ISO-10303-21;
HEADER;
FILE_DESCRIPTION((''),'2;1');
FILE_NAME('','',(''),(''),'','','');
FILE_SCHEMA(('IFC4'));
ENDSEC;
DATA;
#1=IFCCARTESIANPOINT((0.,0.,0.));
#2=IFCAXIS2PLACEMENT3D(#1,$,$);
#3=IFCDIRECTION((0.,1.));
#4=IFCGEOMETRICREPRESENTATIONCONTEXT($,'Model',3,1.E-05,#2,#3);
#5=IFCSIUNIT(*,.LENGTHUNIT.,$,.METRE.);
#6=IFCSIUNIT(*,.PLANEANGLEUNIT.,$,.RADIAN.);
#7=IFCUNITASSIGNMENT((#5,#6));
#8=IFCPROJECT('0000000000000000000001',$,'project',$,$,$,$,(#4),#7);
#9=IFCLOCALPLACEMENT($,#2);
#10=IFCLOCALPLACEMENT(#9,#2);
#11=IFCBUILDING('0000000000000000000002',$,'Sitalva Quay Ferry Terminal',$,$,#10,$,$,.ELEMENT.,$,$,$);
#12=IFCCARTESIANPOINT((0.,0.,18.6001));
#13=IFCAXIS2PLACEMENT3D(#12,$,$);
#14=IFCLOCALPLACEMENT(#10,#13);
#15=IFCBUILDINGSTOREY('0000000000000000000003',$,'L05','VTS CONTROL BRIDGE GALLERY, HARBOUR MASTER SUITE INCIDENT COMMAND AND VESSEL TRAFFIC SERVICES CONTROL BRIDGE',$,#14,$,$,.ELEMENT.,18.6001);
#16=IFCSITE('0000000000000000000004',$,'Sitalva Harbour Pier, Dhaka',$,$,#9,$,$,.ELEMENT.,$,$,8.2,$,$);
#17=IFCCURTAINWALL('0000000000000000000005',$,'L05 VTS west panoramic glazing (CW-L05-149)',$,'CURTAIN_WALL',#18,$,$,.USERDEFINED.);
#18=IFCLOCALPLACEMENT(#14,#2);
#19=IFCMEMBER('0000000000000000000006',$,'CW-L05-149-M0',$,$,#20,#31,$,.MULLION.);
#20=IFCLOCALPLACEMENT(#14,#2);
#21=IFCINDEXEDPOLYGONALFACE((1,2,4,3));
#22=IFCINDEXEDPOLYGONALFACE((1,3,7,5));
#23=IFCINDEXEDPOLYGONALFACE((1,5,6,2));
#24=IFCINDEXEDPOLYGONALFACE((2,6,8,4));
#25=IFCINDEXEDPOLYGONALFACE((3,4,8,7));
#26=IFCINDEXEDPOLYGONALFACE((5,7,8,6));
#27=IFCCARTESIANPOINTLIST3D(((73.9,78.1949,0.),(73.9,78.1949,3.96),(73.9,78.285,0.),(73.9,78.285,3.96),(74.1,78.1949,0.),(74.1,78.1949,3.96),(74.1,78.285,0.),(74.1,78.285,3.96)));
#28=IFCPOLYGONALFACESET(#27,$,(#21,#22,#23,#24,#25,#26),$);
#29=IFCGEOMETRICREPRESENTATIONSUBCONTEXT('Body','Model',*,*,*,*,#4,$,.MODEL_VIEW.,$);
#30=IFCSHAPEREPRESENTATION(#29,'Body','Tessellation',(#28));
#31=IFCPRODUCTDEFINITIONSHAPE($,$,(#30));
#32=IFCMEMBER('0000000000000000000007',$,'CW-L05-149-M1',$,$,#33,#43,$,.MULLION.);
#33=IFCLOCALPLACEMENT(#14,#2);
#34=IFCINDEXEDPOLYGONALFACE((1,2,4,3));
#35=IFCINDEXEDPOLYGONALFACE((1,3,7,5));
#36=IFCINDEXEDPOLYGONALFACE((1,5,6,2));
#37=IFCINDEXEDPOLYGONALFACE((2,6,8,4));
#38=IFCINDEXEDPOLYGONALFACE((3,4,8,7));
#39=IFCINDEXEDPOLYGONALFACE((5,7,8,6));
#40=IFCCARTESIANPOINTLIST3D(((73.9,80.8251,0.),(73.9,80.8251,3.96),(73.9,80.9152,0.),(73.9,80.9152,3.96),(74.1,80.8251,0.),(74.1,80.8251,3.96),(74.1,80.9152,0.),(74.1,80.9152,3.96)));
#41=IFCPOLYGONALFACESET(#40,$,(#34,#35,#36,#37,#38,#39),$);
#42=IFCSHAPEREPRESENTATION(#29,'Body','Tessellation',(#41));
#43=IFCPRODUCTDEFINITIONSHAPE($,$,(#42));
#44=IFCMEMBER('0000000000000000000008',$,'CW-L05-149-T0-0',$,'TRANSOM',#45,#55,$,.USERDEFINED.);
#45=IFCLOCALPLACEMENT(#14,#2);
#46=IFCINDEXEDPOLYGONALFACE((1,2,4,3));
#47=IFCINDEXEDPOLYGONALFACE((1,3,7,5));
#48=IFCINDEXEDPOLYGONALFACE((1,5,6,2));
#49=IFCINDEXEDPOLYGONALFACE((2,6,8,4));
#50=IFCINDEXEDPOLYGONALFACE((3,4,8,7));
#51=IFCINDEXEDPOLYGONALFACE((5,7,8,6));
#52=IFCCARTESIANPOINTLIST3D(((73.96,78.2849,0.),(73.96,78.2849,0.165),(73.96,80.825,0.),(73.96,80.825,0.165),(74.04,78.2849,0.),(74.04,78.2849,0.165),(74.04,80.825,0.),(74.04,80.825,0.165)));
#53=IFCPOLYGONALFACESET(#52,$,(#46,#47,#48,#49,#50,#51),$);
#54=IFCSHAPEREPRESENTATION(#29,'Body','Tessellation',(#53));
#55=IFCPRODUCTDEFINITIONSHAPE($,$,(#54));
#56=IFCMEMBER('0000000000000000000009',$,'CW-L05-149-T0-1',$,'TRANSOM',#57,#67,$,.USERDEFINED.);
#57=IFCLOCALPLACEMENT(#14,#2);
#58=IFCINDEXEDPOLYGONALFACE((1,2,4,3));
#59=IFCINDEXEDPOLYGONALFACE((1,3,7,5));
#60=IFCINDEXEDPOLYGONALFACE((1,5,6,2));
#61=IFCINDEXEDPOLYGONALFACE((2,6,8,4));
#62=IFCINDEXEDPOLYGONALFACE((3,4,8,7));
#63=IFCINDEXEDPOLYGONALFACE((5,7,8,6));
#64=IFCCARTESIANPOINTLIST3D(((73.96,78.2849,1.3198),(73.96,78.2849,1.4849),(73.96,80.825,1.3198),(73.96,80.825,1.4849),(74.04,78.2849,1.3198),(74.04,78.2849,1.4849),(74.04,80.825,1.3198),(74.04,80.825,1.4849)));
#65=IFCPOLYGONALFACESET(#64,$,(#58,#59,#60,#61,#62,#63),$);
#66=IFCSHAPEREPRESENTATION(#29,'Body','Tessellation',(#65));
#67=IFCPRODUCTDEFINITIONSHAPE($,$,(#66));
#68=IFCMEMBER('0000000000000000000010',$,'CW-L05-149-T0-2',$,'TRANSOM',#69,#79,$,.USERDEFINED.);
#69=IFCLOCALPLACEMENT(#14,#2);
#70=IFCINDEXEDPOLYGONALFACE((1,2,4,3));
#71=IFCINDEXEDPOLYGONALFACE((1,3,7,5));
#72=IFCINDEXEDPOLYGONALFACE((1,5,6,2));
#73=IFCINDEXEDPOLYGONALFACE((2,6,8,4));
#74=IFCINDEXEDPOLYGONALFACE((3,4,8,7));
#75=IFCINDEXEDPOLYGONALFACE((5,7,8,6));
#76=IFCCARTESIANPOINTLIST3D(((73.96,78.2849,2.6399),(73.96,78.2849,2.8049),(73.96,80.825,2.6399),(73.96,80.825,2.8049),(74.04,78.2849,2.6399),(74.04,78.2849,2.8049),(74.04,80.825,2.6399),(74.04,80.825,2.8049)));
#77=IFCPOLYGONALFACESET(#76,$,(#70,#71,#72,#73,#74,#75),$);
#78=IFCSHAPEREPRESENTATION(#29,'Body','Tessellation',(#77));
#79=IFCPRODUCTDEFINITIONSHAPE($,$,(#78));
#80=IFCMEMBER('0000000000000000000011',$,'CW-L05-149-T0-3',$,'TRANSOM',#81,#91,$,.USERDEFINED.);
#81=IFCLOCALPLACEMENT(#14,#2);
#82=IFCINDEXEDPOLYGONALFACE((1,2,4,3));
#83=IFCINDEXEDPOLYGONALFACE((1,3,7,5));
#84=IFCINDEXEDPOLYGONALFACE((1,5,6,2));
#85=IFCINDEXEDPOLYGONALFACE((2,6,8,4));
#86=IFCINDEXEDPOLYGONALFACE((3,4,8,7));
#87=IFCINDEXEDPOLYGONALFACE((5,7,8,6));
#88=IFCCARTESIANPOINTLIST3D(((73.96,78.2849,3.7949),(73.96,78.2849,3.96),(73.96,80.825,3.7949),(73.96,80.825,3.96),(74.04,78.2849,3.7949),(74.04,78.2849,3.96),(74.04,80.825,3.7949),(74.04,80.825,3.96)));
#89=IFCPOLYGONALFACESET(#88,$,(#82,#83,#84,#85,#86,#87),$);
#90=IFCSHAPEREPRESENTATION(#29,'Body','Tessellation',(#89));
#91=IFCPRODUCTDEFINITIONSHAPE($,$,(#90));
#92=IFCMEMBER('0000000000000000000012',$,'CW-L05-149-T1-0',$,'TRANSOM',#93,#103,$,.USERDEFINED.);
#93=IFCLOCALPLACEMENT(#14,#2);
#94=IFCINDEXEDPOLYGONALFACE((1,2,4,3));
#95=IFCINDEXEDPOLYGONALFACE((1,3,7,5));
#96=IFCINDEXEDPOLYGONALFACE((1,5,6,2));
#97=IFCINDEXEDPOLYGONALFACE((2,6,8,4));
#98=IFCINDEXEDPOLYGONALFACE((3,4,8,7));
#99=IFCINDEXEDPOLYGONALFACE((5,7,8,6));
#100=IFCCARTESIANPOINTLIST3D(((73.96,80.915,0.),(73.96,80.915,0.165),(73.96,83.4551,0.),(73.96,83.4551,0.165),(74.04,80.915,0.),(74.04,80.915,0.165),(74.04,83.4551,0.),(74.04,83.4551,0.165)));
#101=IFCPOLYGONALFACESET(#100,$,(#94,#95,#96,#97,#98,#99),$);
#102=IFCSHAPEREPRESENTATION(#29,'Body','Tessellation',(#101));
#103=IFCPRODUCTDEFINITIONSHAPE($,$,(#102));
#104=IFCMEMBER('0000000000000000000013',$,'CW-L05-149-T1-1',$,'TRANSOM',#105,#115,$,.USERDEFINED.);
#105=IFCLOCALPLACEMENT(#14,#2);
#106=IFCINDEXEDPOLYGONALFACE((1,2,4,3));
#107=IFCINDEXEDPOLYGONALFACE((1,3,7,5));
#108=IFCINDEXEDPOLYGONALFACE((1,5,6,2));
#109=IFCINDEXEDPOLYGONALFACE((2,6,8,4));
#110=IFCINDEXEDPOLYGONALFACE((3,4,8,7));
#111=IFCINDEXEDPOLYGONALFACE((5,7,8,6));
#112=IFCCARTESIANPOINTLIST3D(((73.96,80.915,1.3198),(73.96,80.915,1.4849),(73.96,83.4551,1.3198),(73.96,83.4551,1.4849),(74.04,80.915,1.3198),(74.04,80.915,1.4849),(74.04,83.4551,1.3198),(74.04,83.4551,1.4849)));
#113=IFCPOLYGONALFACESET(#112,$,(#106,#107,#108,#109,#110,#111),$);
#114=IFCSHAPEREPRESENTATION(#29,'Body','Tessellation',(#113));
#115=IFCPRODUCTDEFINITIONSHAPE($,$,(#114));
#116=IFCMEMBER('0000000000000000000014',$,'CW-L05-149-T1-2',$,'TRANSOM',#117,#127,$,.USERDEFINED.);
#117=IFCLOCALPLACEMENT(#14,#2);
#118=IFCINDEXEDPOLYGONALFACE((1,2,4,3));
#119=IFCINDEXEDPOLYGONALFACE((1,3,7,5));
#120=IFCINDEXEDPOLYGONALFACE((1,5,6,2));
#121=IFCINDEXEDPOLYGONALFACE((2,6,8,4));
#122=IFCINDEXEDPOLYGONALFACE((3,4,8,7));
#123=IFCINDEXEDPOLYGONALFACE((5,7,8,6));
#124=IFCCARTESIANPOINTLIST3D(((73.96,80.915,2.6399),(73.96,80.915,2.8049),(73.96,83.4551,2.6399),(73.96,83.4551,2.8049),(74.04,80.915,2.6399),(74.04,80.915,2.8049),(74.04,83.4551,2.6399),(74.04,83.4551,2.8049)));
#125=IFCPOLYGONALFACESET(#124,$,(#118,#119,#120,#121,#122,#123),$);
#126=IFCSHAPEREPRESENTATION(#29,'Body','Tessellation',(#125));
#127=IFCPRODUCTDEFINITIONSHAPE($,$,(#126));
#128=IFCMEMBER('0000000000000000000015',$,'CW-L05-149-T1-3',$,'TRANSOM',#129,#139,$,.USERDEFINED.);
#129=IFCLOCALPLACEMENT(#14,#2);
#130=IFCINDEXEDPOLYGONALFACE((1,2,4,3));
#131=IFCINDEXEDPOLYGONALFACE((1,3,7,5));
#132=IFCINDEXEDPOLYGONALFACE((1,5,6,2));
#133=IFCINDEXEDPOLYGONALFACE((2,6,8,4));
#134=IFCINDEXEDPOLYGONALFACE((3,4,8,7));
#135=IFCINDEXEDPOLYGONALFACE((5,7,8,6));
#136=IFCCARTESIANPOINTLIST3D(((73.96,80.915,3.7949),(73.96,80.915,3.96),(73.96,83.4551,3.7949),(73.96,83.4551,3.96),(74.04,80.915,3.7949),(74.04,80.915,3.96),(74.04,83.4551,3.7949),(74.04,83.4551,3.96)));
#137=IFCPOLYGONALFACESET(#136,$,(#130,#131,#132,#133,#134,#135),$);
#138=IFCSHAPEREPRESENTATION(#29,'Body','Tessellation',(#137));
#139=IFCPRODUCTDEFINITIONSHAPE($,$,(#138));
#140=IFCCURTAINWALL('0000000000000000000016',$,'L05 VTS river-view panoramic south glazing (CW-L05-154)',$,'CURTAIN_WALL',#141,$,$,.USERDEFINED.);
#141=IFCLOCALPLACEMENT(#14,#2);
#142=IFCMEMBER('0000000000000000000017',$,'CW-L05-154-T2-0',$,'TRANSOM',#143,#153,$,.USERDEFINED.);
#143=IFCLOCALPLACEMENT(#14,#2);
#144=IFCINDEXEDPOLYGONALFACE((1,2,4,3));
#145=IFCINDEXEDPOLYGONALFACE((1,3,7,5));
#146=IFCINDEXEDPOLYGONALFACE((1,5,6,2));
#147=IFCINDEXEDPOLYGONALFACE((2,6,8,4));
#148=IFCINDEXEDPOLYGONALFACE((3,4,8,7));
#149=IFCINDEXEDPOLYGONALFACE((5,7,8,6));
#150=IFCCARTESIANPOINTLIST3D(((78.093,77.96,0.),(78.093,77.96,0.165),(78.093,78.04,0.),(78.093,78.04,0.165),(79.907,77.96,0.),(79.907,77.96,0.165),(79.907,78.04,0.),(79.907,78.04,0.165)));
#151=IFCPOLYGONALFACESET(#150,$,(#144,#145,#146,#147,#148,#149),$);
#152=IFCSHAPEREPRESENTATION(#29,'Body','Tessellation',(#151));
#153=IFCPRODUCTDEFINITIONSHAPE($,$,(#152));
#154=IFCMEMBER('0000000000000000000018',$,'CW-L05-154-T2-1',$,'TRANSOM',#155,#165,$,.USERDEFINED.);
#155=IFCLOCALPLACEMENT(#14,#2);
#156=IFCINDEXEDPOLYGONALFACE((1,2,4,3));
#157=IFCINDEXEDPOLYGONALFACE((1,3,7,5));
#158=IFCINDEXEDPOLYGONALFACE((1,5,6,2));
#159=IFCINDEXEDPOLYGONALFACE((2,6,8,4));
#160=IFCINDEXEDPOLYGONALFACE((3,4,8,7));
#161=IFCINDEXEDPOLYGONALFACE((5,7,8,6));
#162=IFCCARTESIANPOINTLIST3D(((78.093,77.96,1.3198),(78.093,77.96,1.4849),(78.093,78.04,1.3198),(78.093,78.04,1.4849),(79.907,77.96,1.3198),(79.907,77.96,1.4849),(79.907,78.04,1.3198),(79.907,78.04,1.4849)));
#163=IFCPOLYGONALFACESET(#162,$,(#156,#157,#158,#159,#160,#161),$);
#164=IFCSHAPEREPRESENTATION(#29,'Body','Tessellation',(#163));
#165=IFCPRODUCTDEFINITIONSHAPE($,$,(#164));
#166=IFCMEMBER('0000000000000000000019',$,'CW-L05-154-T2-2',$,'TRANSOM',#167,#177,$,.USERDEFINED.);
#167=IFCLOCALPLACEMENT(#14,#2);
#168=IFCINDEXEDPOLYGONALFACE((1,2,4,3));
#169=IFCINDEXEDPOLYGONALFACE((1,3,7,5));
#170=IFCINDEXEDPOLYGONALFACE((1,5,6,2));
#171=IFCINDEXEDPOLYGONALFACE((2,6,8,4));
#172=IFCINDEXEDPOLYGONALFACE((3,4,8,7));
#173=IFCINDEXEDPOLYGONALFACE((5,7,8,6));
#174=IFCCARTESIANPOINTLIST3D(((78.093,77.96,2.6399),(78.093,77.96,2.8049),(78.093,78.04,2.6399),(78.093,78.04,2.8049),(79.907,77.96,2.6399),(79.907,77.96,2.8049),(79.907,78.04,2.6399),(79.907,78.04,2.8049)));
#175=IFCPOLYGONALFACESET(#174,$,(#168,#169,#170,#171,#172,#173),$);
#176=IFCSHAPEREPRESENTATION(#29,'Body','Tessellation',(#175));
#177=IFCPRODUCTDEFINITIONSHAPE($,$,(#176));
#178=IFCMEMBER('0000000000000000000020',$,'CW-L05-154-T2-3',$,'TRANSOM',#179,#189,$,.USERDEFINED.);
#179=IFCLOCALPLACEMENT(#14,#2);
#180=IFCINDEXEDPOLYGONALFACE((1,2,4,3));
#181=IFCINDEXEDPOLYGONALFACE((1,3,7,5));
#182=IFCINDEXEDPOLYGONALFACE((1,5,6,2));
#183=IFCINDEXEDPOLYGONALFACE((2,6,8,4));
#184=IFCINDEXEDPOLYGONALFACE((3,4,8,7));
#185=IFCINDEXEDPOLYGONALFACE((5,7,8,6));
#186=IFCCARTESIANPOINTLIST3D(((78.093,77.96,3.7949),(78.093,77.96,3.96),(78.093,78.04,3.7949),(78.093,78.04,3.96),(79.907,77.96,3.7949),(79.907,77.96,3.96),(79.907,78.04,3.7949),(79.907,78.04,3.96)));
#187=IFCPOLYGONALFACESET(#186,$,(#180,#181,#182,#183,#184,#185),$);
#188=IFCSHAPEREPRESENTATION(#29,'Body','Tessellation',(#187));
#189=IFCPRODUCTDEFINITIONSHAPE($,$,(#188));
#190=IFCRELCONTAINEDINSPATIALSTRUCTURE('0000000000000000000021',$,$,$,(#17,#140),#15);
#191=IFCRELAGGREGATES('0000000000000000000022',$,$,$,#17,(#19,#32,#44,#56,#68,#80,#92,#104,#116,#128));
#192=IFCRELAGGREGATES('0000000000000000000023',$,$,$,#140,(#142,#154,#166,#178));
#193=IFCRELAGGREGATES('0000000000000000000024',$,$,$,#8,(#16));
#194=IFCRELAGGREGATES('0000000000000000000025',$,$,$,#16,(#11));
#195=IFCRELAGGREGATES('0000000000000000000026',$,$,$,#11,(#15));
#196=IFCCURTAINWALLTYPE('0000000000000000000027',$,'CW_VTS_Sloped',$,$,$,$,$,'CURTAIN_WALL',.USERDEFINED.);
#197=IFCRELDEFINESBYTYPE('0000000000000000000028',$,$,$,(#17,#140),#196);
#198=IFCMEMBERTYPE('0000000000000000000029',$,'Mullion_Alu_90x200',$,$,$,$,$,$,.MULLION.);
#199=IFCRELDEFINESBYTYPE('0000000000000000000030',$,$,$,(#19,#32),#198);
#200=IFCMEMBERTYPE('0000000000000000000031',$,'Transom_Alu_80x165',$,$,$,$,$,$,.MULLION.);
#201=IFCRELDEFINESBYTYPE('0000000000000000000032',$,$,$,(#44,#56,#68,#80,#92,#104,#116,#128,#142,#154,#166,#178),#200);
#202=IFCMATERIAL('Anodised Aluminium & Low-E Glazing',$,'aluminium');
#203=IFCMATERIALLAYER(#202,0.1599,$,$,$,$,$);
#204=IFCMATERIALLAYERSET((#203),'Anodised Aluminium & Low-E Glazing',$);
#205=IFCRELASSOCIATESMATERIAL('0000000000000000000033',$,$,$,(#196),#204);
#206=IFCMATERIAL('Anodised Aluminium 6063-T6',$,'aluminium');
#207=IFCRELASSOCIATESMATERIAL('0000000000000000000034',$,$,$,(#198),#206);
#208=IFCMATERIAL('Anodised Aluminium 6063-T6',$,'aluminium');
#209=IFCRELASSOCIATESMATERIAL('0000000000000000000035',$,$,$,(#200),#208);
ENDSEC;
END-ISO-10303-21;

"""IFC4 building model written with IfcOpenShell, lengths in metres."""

from ifc_helpers import new_model, si_unit, direction, frame, origin, origin_2d, place, context, subcontext, project, spatial, rectangle, extrude, material, layer, layer_set, material_profile, profile_set, type_object, element, aggregate, save


model = new_model("IFC4")

# Units and contexts
model_context = context("Model", 3, precision=1e-05, world=origin(), true_north=direction((0.0, 1.0)))
body_context = subcontext(model_context, "Body", "Model", "MODEL_VIEW")
ifc_project = project(units=[si_unit("LENGTHUNIT", "METRE"), si_unit("PLANEANGLEUNIT", "RADIAN")], contexts=[model_context])

# Site, building, storey
site_placement = place(None, origin())
site = spatial("IfcSite", under=ifc_project, at=site_placement, Name="Sitalva Harbour Pier, Dhaka", CompositionType="ELEMENT", RefElevation=8.2)
building_placement = place(site_placement, origin())
building = spatial("IfcBuilding", under=site, at=building_placement, Name="Sitalva Quay Ferry Terminal", CompositionType="ELEMENT")
storey_placement = place(building_placement, frame((0.0, 0.0, 18.6001)))
storey = spatial("IfcBuildingStorey", under=building, at=storey_placement, Name="L05", Description="VTS CONTROL BRIDGE GALLERY, HARBOUR MASTER SUITE INCIDENT COMMAND AND VESSEL TRAFFIC SERVICES CONTROL BRIDGE", CompositionType="ELEMENT", Elevation=18.6001)

# Curtain walls, members
ifc_material_1 = material(Name="Anodised Aluminium & Low-E Glazing", Category="aluminium")
ifc_layer_1 = layer(ifc_material_1, 0.1599)
ifc_layer_set_1 = layer_set([ifc_layer_1], Name="Anodised Aluminium & Low-E Glazing")
curtain_wall_type = type_object("IfcCurtainWallType", Name="CW_VTS_Sloped", ElementType="CURTAIN_WALL", PredefinedType="USERDEFINED", material=ifc_layer_set_1)
curtain_wall_1_placement = place(storey_placement, origin())
curtain_wall_1 = element("IfcCurtainWall", 1, at=curtain_wall_1_placement, inside=storey, type_object=curtain_wall_type, Name="L05 VTS west panoramic glazing (CW-L05-149)", ObjectType="CURTAIN_WALL", PredefinedType="USERDEFINED")
ifc_material_2 = material(Name="Anodised Aluminium 6063-T6", Category="aluminium")
ifc_material_profile_1 = material_profile(ifc_material_2, rectangle(XDim=0.0901, YDim=0.2, at=origin_2d()), Name="ALU90x200")
ifc_profile_set_1 = profile_set([ifc_material_profile_1], Name="Anodised Aluminium 6063-T6")
member_type_1 = type_object("IfcMemberType", Name="Mullion_Alu_90x200", PredefinedType="MULLION", material=ifc_profile_set_1)
member_1_placement = place(storey_placement, frame((74.0, 78.24, 0.0), z_axis=(0.0, 0.0, 1.0), x_axis=(0.0, 1.0, 0.0)))
member_1 = element("IfcMember", 2, at=member_1_placement, type_object=member_type_1, Name="CW-L05-149-M0", PredefinedType="MULLION", context=body_context, shape_type="SweptSolid", body=[
    extrude(rectangle(XDim=0.0901, YDim=0.2, at=origin_2d()), origin(), (0.0, 0.0, 1.0), 3.96),
])
member_2_placement = place(storey_placement, frame((74.0, 80.8701, 0.0), z_axis=(0.0, 0.0, 1.0), x_axis=(0.0, 1.0, 0.0)))
member_2 = element("IfcMember", 3, at=member_2_placement, type_object=member_type_1, Name="CW-L05-149-M1", PredefinedType="MULLION", context=body_context, shape_type="SweptSolid", body=[
    extrude(rectangle(XDim=0.0901, YDim=0.2, at=origin_2d()), origin(), (0.0, 0.0, 1.0), 3.96),
])
ifc_material_3 = material(Name="Anodised Aluminium 6063-T6", Category="aluminium")
ifc_material_profile_2 = material_profile(ifc_material_3, rectangle(XDim=0.0801, YDim=0.165, at=origin_2d()), Name="ALU80x165")
ifc_profile_set_2 = profile_set([ifc_material_profile_2], Name="Anodised Aluminium 6063-T6")
member_type_2 = type_object("IfcMemberType", Name="Transom_Alu_80x165", PredefinedType="MULLION", material=ifc_profile_set_2)
member_3_placement = place(storey_placement, frame((74.0, 78.2849, 0.0825), z_axis=(0.0, 1.0, 0.0), x_axis=(-1.0, 0.0, 0.0)))
member_3 = element("IfcMember", 4, at=member_3_placement, type_object=member_type_2, Name="CW-L05-149-T0-0", ObjectType="TRANSOM", PredefinedType="USERDEFINED", context=body_context, shape_type="SweptSolid", body=[
    extrude(rectangle(XDim=0.0801, YDim=0.165, at=origin_2d()), origin(), (0.0, 0.0, 1.0), 2.54),
])
member_4_placement = place(storey_placement, frame((74.0, 78.2849, 1.4023), z_axis=(0.0, 1.0, 0.0), x_axis=(-1.0, 0.0, 0.0)))
member_4 = element("IfcMember", 5, at=member_4_placement, type_object=member_type_2, Name="CW-L05-149-T0-1", ObjectType="TRANSOM", PredefinedType="USERDEFINED", context=body_context, shape_type="SweptSolid", body=[
    extrude(rectangle(XDim=0.0801, YDim=0.165, at=origin_2d()), origin(), (0.0, 0.0, 1.0), 2.54),
])
member_5_placement = place(storey_placement, frame((74.0, 78.2849, 2.7224), z_axis=(0.0, 1.0, 0.0), x_axis=(-1.0, 0.0, 0.0)))
member_5 = element("IfcMember", 6, at=member_5_placement, type_object=member_type_2, Name="CW-L05-149-T0-2", ObjectType="TRANSOM", PredefinedType="USERDEFINED", context=body_context, shape_type="SweptSolid", body=[
    extrude(rectangle(XDim=0.0801, YDim=0.165, at=origin_2d()), origin(), (0.0, 0.0, 1.0), 2.54),
])
member_6_placement = place(storey_placement, frame((74.0, 78.2849, 3.8774), z_axis=(0.0, 1.0, 0.0), x_axis=(-1.0, 0.0, 0.0)))
member_6 = element("IfcMember", 7, at=member_6_placement, type_object=member_type_2, Name="CW-L05-149-T0-3", ObjectType="TRANSOM", PredefinedType="USERDEFINED", context=body_context, shape_type="SweptSolid", body=[
    extrude(rectangle(XDim=0.0801, YDim=0.165, at=origin_2d()), origin(), (0.0, 0.0, 1.0), 2.54),
])
member_7_placement = place(storey_placement, frame((74.0, 80.915, 0.0825), z_axis=(0.0, 1.0, 0.0), x_axis=(-1.0, 0.0, 0.0)))
member_7 = element("IfcMember", 8, at=member_7_placement, type_object=member_type_2, Name="CW-L05-149-T1-0", ObjectType="TRANSOM", PredefinedType="USERDEFINED", context=body_context, shape_type="SweptSolid", body=[
    extrude(rectangle(XDim=0.0801, YDim=0.165, at=origin_2d()), origin(), (0.0, 0.0, 1.0), 2.54),
])
member_8_placement = place(storey_placement, frame((74.0, 80.915, 1.4023), z_axis=(0.0, 1.0, 0.0), x_axis=(-1.0, 0.0, 0.0)))
member_8 = element("IfcMember", 9, at=member_8_placement, type_object=member_type_2, Name="CW-L05-149-T1-1", ObjectType="TRANSOM", PredefinedType="USERDEFINED", context=body_context, shape_type="SweptSolid", body=[
    extrude(rectangle(XDim=0.0801, YDim=0.165, at=origin_2d()), origin(), (0.0, 0.0, 1.0), 2.54),
])
member_9_placement = place(storey_placement, frame((74.0, 80.915, 2.7224), z_axis=(0.0, 1.0, 0.0), x_axis=(-1.0, 0.0, 0.0)))
member_9 = element("IfcMember", 10, at=member_9_placement, type_object=member_type_2, Name="CW-L05-149-T1-2", ObjectType="TRANSOM", PredefinedType="USERDEFINED", context=body_context, shape_type="SweptSolid", body=[
    extrude(rectangle(XDim=0.0801, YDim=0.165, at=origin_2d()), origin(), (0.0, 0.0, 1.0), 2.54),
])
member_10_placement = place(storey_placement, frame((74.0, 80.915, 3.8774), z_axis=(0.0, 1.0, 0.0), x_axis=(-1.0, 0.0, 0.0)))
member_10 = element("IfcMember", 11, at=member_10_placement, type_object=member_type_2, Name="CW-L05-149-T1-3", ObjectType="TRANSOM", PredefinedType="USERDEFINED", context=body_context, shape_type="SweptSolid", body=[
    extrude(rectangle(XDim=0.0801, YDim=0.165, at=origin_2d()), origin(), (0.0, 0.0, 1.0), 2.54),
])
curtain_wall_2_placement = place(storey_placement, origin())
curtain_wall_2 = element("IfcCurtainWall", 12, at=curtain_wall_2_placement, inside=storey, type_object=curtain_wall_type, Name="L05 VTS river-view panoramic south glazing (CW-L05-154)", ObjectType="CURTAIN_WALL", PredefinedType="USERDEFINED")
member_11_placement = place(storey_placement, frame((78.093, 78.0, 0.0825), z_axis=(1.0, 0.0, 0.0), x_axis=(0.0, 1.0, 0.0)))
member_11 = element("IfcMember", 13, at=member_11_placement, type_object=member_type_2, Name="CW-L05-154-T2-0", ObjectType="TRANSOM", PredefinedType="USERDEFINED", context=body_context, shape_type="SweptSolid", body=[
    extrude(rectangle(XDim=0.0801, YDim=0.165, at=origin_2d()), origin(), (0.0, 0.0, 1.0), 1.814),
])
member_12_placement = place(storey_placement, frame((78.093, 78.0, 1.4023), z_axis=(1.0, 0.0, 0.0), x_axis=(0.0, 1.0, 0.0)))
member_12 = element("IfcMember", 14, at=member_12_placement, type_object=member_type_2, Name="CW-L05-154-T2-1", ObjectType="TRANSOM", PredefinedType="USERDEFINED", context=body_context, shape_type="SweptSolid", body=[
    extrude(rectangle(XDim=0.0801, YDim=0.165, at=origin_2d()), origin(), (0.0, 0.0, 1.0), 1.814),
])
member_13_placement = place(storey_placement, frame((78.093, 78.0, 2.7224), z_axis=(1.0, 0.0, 0.0), x_axis=(0.0, 1.0, 0.0)))
member_13 = element("IfcMember", 15, at=member_13_placement, type_object=member_type_2, Name="CW-L05-154-T2-2", ObjectType="TRANSOM", PredefinedType="USERDEFINED", context=body_context, shape_type="SweptSolid", body=[
    extrude(rectangle(XDim=0.0801, YDim=0.165, at=origin_2d()), origin(), (0.0, 0.0, 1.0), 1.814),
])
member_14_placement = place(storey_placement, frame((78.093, 78.0, 3.8774), z_axis=(1.0, 0.0, 0.0), x_axis=(0.0, 1.0, 0.0)))
member_14 = element("IfcMember", 16, at=member_14_placement, type_object=member_type_2, Name="CW-L05-154-T2-3", ObjectType="TRANSOM", PredefinedType="USERDEFINED", context=body_context, shape_type="SweptSolid", body=[
    extrude(rectangle(XDim=0.0801, YDim=0.165, at=origin_2d()), origin(), (0.0, 0.0, 1.0), 1.814),
])

aggregate(curtain_wall_1, [member_1, member_2, member_3, member_4, member_5, member_6, member_7, member_8, member_9, member_10])
aggregate(curtain_wall_2, [member_11, member_12, member_13, member_14])

save(model, "model.ifc")
